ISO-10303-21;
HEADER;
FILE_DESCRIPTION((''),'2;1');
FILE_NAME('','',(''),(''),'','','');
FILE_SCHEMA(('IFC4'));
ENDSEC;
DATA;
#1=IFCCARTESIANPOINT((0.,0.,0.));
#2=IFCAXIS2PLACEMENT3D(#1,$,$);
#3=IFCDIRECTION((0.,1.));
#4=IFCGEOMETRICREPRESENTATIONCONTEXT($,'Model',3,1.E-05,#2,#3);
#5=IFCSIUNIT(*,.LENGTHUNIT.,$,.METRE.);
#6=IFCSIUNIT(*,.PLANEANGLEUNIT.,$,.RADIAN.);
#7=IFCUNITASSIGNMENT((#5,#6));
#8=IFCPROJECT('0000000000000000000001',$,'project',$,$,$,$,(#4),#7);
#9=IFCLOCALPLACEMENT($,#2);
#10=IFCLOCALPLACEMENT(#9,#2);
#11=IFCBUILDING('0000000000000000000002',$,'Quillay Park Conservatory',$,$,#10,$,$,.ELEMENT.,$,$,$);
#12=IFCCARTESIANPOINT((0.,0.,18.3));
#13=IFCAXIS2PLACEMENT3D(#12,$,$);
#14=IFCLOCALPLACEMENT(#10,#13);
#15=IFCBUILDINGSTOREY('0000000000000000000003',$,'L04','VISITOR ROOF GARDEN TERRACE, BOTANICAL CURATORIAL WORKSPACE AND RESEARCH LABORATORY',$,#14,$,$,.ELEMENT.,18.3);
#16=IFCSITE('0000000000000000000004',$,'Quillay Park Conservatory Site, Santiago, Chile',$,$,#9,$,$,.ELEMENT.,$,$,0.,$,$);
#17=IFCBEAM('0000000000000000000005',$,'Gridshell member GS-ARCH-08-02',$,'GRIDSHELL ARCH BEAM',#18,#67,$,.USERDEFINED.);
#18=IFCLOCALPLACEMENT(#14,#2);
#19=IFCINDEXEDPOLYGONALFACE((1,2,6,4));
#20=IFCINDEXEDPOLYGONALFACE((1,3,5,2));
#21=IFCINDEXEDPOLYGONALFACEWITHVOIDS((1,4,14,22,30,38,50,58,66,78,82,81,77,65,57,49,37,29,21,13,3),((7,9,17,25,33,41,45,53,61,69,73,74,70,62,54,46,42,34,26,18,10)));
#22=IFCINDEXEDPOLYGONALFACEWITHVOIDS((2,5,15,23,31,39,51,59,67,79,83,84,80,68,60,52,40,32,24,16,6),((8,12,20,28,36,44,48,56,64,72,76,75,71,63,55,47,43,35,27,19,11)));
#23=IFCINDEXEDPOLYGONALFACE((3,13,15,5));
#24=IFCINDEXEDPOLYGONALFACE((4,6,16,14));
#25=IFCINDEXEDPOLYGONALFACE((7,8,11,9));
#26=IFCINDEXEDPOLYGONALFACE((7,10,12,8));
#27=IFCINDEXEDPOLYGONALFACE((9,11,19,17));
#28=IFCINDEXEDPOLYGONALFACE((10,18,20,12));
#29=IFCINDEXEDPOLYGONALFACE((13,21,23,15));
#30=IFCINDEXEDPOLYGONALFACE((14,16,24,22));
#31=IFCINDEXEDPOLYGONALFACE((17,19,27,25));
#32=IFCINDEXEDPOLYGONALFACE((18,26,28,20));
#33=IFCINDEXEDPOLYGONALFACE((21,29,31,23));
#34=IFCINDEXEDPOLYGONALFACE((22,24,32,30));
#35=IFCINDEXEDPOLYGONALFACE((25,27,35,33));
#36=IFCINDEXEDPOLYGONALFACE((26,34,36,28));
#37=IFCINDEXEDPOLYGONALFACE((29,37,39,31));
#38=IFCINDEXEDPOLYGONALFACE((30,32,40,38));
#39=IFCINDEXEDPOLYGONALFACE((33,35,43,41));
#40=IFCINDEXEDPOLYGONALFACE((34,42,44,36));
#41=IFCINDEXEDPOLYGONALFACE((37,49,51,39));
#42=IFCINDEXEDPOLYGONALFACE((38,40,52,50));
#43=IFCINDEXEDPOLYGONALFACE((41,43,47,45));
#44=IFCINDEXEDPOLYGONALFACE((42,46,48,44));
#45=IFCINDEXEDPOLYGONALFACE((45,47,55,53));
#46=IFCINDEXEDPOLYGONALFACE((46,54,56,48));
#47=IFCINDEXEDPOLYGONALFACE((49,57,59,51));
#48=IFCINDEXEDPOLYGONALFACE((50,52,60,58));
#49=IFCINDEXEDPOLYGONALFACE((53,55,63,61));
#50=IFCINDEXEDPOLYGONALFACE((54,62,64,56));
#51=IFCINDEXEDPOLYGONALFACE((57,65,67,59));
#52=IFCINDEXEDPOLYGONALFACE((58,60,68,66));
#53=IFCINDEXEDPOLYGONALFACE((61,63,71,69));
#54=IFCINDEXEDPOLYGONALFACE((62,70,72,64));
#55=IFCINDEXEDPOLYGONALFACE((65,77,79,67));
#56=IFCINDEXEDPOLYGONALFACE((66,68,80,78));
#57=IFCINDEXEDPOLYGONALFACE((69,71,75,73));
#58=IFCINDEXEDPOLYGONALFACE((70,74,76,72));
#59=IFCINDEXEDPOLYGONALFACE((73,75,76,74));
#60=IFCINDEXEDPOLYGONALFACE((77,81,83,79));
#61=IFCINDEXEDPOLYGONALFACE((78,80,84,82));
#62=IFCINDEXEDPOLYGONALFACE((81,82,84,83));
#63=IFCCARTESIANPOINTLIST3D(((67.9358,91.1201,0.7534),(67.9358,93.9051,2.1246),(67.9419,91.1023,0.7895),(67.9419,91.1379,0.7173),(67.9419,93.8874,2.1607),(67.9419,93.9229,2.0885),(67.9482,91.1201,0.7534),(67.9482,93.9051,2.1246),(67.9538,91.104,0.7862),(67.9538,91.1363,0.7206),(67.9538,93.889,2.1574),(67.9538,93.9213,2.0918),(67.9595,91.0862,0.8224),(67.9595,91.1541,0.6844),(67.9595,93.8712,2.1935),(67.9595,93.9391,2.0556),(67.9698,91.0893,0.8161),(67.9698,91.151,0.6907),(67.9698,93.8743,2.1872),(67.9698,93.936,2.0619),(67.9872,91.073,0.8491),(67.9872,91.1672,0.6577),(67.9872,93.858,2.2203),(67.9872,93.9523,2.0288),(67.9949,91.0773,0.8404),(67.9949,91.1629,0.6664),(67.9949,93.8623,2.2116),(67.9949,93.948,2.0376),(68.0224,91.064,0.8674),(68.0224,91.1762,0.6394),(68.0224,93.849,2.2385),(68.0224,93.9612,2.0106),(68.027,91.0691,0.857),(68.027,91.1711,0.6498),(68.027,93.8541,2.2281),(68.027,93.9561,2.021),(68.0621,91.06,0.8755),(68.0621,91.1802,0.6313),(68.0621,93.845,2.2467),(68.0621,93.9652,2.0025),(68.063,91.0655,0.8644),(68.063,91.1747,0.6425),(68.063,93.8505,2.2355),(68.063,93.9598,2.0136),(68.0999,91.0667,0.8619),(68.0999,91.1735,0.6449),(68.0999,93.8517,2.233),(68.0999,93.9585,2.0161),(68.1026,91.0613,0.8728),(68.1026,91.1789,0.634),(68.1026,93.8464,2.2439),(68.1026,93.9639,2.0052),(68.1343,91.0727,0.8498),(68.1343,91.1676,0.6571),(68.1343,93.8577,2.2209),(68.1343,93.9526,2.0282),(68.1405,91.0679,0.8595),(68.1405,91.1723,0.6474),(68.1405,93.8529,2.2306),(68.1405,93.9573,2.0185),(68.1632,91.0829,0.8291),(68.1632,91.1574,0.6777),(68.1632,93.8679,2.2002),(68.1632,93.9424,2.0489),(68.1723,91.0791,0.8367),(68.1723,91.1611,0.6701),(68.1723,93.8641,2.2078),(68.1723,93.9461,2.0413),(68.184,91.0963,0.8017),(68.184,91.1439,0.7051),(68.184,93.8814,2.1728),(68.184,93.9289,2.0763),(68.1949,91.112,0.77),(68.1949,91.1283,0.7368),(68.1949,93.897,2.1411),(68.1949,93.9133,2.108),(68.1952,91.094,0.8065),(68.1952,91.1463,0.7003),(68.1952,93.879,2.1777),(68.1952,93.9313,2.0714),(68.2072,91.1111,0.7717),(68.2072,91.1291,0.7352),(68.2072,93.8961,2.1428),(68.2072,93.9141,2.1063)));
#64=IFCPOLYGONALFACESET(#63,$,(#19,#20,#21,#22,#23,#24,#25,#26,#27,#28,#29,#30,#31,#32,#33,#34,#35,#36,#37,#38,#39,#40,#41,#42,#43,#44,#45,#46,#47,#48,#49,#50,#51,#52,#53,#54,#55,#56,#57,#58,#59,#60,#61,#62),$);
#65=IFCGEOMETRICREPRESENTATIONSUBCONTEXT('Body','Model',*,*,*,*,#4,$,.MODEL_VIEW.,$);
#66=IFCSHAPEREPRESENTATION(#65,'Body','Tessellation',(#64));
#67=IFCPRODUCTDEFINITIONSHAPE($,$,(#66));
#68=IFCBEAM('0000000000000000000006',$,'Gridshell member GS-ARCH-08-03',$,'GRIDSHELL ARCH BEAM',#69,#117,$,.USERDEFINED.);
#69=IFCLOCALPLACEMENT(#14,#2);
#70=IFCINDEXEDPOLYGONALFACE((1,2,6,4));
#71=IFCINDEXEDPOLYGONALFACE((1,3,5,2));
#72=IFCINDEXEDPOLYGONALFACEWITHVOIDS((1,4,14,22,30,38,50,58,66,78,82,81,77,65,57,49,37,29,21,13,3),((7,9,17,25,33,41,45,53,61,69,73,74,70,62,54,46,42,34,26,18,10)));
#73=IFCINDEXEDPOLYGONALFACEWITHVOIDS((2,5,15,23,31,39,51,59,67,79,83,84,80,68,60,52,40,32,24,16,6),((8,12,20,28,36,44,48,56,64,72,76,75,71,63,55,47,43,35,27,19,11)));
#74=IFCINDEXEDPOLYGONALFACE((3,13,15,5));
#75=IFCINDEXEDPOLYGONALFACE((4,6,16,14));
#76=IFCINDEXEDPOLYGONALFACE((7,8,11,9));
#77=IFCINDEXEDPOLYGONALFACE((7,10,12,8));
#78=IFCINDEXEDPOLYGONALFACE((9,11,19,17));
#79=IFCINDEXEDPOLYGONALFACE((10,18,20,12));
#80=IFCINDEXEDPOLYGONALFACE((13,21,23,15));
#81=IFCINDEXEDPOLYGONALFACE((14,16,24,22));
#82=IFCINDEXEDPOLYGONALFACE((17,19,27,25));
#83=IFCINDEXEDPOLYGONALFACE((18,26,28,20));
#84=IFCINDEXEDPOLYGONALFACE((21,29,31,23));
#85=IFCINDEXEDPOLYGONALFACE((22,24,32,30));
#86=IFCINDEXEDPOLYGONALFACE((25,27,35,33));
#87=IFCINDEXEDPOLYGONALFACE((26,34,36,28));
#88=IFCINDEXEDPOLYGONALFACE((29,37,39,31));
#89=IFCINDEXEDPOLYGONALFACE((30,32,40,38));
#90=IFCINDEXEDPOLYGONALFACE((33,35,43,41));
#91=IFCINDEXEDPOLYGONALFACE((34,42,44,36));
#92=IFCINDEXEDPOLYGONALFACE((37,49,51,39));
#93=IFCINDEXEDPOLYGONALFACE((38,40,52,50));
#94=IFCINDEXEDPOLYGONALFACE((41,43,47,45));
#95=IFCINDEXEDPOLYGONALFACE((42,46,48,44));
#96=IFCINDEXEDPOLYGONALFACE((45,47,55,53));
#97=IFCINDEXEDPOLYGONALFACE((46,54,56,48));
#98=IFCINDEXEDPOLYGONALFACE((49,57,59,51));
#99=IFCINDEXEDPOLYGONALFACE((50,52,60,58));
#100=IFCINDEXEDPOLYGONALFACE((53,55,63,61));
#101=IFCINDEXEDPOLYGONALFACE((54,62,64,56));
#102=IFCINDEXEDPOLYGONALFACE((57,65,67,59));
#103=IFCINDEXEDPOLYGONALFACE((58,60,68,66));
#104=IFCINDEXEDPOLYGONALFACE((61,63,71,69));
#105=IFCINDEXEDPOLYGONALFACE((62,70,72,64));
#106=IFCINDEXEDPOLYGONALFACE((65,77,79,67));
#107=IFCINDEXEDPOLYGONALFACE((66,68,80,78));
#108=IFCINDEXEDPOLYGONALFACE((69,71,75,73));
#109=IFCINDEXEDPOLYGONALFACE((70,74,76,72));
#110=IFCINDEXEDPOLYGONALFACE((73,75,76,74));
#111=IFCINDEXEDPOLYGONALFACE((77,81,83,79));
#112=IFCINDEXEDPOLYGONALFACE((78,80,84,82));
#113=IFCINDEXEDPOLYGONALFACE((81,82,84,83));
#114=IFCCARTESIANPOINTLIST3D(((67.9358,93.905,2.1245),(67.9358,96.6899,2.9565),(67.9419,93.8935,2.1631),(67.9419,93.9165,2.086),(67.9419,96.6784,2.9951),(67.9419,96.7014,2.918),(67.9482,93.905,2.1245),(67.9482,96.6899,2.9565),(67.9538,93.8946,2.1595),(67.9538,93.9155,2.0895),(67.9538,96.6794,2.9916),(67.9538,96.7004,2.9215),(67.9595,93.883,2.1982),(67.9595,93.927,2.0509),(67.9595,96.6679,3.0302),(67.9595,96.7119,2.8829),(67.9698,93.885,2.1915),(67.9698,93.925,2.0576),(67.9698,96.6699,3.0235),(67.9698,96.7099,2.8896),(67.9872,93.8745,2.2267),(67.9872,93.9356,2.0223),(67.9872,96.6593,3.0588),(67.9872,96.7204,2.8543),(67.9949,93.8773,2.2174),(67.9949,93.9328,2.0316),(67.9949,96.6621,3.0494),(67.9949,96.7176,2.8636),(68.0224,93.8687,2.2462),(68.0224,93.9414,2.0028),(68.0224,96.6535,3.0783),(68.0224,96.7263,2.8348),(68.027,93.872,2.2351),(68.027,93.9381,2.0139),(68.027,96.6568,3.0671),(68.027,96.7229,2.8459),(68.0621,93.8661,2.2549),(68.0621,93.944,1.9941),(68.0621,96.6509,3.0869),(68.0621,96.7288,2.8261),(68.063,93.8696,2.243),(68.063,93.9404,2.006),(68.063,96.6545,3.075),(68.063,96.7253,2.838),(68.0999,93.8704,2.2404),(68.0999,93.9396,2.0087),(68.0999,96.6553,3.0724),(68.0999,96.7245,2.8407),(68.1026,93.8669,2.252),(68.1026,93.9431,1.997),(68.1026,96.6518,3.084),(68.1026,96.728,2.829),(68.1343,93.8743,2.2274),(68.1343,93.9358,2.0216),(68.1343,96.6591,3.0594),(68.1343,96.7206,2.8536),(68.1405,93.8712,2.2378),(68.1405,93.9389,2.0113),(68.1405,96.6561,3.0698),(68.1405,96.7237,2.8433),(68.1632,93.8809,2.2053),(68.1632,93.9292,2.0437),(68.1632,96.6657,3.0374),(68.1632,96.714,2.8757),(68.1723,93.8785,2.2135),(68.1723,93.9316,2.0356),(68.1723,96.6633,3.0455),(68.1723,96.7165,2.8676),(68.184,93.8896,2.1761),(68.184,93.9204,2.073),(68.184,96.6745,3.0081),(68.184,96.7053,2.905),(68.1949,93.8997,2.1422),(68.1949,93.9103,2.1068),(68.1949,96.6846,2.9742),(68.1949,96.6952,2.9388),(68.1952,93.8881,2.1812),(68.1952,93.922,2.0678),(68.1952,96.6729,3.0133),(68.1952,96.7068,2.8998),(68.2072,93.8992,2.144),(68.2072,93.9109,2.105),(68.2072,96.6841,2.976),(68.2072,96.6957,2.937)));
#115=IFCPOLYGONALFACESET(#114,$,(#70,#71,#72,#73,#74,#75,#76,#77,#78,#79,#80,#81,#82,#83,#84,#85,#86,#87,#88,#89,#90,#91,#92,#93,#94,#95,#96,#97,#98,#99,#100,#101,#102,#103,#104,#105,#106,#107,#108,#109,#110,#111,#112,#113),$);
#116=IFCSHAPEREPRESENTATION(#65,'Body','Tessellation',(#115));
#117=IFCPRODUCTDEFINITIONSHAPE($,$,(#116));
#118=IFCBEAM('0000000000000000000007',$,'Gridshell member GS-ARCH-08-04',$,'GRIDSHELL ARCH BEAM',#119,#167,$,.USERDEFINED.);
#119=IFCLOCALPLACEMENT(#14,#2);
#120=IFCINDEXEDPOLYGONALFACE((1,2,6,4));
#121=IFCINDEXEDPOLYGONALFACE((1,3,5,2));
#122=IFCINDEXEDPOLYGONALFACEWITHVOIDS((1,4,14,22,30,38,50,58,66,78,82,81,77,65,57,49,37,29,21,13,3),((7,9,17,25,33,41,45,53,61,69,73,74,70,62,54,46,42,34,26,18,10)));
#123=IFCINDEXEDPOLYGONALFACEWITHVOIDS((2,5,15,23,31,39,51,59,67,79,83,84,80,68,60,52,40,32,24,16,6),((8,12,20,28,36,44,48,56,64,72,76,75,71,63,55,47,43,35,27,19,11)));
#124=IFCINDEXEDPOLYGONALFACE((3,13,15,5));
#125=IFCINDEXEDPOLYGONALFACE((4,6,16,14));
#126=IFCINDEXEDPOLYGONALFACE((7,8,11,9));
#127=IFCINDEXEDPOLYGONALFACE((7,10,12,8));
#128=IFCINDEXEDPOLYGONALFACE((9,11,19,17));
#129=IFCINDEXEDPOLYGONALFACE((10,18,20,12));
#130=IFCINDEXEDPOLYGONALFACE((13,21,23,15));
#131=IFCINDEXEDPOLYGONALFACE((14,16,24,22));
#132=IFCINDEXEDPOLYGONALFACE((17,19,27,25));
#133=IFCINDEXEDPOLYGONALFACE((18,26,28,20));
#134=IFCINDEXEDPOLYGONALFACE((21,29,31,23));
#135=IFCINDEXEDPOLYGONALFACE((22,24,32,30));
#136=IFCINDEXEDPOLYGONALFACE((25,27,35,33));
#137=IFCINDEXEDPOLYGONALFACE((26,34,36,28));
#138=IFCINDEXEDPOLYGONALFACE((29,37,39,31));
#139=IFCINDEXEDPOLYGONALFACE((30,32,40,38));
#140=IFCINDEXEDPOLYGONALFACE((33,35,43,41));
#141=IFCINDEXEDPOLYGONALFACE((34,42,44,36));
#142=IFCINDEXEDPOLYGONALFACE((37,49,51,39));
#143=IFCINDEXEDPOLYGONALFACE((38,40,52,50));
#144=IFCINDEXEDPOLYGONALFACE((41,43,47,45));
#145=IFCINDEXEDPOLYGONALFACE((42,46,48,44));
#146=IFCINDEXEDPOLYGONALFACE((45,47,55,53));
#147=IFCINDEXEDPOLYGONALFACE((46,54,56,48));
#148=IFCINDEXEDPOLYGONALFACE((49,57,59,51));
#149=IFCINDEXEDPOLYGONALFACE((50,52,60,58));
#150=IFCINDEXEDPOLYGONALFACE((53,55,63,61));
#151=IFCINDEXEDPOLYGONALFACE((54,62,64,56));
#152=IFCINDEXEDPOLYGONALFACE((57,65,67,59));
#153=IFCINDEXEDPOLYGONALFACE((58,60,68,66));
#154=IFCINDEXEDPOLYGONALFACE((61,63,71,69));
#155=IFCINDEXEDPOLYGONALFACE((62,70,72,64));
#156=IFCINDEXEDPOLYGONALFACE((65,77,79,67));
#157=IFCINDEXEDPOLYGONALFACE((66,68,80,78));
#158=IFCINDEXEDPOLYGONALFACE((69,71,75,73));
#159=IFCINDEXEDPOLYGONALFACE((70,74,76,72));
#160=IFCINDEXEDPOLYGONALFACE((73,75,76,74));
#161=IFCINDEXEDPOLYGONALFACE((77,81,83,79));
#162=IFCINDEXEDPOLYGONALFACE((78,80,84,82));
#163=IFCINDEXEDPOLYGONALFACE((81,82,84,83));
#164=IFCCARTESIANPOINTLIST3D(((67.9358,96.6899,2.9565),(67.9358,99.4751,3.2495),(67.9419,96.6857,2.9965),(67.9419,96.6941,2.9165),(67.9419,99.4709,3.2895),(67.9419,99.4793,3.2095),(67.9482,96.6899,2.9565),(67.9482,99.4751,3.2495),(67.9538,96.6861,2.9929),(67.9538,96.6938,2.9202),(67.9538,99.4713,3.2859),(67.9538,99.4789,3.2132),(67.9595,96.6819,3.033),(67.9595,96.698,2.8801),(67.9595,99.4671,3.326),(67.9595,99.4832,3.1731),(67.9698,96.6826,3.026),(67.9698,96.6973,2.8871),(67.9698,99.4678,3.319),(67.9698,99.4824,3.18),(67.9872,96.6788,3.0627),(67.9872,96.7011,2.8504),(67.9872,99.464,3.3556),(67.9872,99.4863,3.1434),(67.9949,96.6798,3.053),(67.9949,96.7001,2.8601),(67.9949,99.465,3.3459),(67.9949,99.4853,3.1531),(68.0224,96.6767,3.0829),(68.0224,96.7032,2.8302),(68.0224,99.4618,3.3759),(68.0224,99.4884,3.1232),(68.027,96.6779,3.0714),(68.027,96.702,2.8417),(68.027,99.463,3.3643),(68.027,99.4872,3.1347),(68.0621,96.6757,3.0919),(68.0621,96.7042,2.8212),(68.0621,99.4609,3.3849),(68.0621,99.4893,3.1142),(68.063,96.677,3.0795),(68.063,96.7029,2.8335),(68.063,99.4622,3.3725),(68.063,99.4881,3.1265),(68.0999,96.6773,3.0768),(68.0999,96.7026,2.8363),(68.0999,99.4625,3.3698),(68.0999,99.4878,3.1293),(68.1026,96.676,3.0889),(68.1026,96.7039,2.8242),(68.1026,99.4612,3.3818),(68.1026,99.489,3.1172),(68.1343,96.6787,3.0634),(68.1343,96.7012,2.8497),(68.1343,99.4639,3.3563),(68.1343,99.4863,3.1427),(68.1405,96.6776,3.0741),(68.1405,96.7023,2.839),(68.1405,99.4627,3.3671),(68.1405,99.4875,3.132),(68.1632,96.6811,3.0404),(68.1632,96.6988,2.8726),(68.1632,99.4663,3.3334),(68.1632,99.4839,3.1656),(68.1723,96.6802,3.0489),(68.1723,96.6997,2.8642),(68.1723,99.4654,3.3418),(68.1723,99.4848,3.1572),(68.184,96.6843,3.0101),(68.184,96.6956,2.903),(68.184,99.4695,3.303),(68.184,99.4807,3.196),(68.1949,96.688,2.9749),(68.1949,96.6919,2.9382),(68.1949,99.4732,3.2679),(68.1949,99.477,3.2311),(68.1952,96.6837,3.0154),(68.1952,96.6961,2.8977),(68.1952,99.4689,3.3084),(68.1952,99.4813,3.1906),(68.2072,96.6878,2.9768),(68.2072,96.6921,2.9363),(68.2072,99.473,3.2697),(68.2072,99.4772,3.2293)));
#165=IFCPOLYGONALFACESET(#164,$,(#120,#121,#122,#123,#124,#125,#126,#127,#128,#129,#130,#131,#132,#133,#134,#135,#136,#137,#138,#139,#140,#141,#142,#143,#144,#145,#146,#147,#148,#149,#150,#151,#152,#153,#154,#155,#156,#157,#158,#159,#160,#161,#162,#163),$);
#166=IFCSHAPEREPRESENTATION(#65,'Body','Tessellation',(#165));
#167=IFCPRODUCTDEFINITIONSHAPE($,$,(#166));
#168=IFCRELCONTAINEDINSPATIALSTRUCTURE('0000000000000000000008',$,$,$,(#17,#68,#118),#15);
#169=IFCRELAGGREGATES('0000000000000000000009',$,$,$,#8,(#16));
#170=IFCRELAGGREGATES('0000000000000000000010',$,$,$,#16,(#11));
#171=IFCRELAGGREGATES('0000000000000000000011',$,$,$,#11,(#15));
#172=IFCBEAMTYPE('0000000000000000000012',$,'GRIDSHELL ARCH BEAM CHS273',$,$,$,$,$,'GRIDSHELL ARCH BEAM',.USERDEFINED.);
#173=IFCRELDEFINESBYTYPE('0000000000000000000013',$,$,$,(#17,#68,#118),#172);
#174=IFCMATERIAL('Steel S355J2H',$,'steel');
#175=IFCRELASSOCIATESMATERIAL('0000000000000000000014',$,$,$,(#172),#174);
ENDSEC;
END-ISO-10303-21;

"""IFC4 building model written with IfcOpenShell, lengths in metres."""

from ifc_helpers import new_model, si_unit, direction, frame, origin, origin_2d, place, context, subcontext, project, spatial, hollow_circle, extrude, material, material_profile, profile_set, type_object, element, save


model = new_model("IFC4")

# Units and contexts
model_context = context("Model", 3, precision=1e-05, world=origin(), true_north=direction((0.0, 1.0)))
body_context = subcontext(model_context, "Body", "Model", "MODEL_VIEW")
ifc_project = project(units=[si_unit("LENGTHUNIT", "METRE"), si_unit("PLANEANGLEUNIT", "RADIAN")], contexts=[model_context])

# Site, building, storey
site_placement = place(None, origin())
site = spatial("IfcSite", under=ifc_project, at=site_placement, Name="Quillay Park Conservatory Site, Santiago, Chile", CompositionType="ELEMENT", RefElevation=0.0)
building_placement = place(site_placement, origin())
building = spatial("IfcBuilding", under=site, at=building_placement, Name="Quillay Park Conservatory", CompositionType="ELEMENT")
storey_placement = place(building_placement, frame((0.0, 0.0, 18.3)))
storey = spatial("IfcBuildingStorey", under=building, at=storey_placement, Name="L04", Description="VISITOR ROOF GARDEN TERRACE, BOTANICAL CURATORIAL WORKSPACE AND RESEARCH LABORATORY", CompositionType="ELEMENT", Elevation=18.3)

# Beams
ifc_material_1 = material(Name="Steel S355J2H", Category="steel")
ifc_material_profile_1 = material_profile(ifc_material_1, hollow_circle(Radius=0.1365, WallThickness=0.0125, at=origin_2d()), Name="CHS273x12.5")
ifc_profile_set_1 = profile_set([ifc_material_profile_1], Name="Steel S355J2H")
beam_type = type_object("IfcBeamType", Name="GRIDSHELL ARCH BEAM CHS273", ElementType="GRIDSHELL ARCH BEAM", PredefinedType="USERDEFINED", material=ifc_profile_set_1)
beam_1_placement = place(storey_placement, frame((68.0723, 91.1201, 0.7534), z_axis=(0.0, 0.897163, 0.4417), x_axis=(-1.0, 0.0, 0.0)))
element("IfcBeam", 1, at=beam_1_placement, inside=storey, type_object=beam_type, Name="Gridshell member GS-ARCH-08-02", ObjectType="GRIDSHELL ARCH BEAM", PredefinedType="USERDEFINED", context=body_context, shape_type="SweptSolid", body=[
    extrude(hollow_circle(Radius=0.1365, WallThickness=0.0125, at=origin_2d()), origin(), (0.0, 0.0, 1.0), 3.1042),
])
beam_2_placement = place(storey_placement, frame((68.0723, 93.905, 2.1245), z_axis=(0.0, 0.958152, 0.286261), x_axis=(-1.0, 0.0, 0.0)))
element("IfcBeam", 2, at=beam_2_placement, inside=storey, type_object=beam_type, Name="Gridshell member GS-ARCH-08-03", ObjectType="GRIDSHELL ARCH BEAM", PredefinedType="USERDEFINED", context=body_context, shape_type="SweptSolid", body=[
    extrude(hollow_circle(Radius=0.1365, WallThickness=0.0125, at=origin_2d()), origin(), (0.0, 0.0, 1.0), 2.9065),
])
beam_3_placement = place(storey_placement, frame((68.0723, 96.6899, 2.9565), z_axis=(0.0, 0.994513, 0.104612), x_axis=(-1.0, 0.0, 0.0)))
element("IfcBeam", 3, at=beam_3_placement, inside=storey, type_object=beam_type, Name="Gridshell member GS-ARCH-08-04", ObjectType="GRIDSHELL ARCH BEAM", PredefinedType="USERDEFINED", context=body_context, shape_type="SweptSolid", body=[
    extrude(hollow_circle(Radius=0.1365, WallThickness=0.0125, at=origin_2d()), origin(), (0.0, 0.0, 1.0), 2.8005),
])

save(model, "model.ifc")
